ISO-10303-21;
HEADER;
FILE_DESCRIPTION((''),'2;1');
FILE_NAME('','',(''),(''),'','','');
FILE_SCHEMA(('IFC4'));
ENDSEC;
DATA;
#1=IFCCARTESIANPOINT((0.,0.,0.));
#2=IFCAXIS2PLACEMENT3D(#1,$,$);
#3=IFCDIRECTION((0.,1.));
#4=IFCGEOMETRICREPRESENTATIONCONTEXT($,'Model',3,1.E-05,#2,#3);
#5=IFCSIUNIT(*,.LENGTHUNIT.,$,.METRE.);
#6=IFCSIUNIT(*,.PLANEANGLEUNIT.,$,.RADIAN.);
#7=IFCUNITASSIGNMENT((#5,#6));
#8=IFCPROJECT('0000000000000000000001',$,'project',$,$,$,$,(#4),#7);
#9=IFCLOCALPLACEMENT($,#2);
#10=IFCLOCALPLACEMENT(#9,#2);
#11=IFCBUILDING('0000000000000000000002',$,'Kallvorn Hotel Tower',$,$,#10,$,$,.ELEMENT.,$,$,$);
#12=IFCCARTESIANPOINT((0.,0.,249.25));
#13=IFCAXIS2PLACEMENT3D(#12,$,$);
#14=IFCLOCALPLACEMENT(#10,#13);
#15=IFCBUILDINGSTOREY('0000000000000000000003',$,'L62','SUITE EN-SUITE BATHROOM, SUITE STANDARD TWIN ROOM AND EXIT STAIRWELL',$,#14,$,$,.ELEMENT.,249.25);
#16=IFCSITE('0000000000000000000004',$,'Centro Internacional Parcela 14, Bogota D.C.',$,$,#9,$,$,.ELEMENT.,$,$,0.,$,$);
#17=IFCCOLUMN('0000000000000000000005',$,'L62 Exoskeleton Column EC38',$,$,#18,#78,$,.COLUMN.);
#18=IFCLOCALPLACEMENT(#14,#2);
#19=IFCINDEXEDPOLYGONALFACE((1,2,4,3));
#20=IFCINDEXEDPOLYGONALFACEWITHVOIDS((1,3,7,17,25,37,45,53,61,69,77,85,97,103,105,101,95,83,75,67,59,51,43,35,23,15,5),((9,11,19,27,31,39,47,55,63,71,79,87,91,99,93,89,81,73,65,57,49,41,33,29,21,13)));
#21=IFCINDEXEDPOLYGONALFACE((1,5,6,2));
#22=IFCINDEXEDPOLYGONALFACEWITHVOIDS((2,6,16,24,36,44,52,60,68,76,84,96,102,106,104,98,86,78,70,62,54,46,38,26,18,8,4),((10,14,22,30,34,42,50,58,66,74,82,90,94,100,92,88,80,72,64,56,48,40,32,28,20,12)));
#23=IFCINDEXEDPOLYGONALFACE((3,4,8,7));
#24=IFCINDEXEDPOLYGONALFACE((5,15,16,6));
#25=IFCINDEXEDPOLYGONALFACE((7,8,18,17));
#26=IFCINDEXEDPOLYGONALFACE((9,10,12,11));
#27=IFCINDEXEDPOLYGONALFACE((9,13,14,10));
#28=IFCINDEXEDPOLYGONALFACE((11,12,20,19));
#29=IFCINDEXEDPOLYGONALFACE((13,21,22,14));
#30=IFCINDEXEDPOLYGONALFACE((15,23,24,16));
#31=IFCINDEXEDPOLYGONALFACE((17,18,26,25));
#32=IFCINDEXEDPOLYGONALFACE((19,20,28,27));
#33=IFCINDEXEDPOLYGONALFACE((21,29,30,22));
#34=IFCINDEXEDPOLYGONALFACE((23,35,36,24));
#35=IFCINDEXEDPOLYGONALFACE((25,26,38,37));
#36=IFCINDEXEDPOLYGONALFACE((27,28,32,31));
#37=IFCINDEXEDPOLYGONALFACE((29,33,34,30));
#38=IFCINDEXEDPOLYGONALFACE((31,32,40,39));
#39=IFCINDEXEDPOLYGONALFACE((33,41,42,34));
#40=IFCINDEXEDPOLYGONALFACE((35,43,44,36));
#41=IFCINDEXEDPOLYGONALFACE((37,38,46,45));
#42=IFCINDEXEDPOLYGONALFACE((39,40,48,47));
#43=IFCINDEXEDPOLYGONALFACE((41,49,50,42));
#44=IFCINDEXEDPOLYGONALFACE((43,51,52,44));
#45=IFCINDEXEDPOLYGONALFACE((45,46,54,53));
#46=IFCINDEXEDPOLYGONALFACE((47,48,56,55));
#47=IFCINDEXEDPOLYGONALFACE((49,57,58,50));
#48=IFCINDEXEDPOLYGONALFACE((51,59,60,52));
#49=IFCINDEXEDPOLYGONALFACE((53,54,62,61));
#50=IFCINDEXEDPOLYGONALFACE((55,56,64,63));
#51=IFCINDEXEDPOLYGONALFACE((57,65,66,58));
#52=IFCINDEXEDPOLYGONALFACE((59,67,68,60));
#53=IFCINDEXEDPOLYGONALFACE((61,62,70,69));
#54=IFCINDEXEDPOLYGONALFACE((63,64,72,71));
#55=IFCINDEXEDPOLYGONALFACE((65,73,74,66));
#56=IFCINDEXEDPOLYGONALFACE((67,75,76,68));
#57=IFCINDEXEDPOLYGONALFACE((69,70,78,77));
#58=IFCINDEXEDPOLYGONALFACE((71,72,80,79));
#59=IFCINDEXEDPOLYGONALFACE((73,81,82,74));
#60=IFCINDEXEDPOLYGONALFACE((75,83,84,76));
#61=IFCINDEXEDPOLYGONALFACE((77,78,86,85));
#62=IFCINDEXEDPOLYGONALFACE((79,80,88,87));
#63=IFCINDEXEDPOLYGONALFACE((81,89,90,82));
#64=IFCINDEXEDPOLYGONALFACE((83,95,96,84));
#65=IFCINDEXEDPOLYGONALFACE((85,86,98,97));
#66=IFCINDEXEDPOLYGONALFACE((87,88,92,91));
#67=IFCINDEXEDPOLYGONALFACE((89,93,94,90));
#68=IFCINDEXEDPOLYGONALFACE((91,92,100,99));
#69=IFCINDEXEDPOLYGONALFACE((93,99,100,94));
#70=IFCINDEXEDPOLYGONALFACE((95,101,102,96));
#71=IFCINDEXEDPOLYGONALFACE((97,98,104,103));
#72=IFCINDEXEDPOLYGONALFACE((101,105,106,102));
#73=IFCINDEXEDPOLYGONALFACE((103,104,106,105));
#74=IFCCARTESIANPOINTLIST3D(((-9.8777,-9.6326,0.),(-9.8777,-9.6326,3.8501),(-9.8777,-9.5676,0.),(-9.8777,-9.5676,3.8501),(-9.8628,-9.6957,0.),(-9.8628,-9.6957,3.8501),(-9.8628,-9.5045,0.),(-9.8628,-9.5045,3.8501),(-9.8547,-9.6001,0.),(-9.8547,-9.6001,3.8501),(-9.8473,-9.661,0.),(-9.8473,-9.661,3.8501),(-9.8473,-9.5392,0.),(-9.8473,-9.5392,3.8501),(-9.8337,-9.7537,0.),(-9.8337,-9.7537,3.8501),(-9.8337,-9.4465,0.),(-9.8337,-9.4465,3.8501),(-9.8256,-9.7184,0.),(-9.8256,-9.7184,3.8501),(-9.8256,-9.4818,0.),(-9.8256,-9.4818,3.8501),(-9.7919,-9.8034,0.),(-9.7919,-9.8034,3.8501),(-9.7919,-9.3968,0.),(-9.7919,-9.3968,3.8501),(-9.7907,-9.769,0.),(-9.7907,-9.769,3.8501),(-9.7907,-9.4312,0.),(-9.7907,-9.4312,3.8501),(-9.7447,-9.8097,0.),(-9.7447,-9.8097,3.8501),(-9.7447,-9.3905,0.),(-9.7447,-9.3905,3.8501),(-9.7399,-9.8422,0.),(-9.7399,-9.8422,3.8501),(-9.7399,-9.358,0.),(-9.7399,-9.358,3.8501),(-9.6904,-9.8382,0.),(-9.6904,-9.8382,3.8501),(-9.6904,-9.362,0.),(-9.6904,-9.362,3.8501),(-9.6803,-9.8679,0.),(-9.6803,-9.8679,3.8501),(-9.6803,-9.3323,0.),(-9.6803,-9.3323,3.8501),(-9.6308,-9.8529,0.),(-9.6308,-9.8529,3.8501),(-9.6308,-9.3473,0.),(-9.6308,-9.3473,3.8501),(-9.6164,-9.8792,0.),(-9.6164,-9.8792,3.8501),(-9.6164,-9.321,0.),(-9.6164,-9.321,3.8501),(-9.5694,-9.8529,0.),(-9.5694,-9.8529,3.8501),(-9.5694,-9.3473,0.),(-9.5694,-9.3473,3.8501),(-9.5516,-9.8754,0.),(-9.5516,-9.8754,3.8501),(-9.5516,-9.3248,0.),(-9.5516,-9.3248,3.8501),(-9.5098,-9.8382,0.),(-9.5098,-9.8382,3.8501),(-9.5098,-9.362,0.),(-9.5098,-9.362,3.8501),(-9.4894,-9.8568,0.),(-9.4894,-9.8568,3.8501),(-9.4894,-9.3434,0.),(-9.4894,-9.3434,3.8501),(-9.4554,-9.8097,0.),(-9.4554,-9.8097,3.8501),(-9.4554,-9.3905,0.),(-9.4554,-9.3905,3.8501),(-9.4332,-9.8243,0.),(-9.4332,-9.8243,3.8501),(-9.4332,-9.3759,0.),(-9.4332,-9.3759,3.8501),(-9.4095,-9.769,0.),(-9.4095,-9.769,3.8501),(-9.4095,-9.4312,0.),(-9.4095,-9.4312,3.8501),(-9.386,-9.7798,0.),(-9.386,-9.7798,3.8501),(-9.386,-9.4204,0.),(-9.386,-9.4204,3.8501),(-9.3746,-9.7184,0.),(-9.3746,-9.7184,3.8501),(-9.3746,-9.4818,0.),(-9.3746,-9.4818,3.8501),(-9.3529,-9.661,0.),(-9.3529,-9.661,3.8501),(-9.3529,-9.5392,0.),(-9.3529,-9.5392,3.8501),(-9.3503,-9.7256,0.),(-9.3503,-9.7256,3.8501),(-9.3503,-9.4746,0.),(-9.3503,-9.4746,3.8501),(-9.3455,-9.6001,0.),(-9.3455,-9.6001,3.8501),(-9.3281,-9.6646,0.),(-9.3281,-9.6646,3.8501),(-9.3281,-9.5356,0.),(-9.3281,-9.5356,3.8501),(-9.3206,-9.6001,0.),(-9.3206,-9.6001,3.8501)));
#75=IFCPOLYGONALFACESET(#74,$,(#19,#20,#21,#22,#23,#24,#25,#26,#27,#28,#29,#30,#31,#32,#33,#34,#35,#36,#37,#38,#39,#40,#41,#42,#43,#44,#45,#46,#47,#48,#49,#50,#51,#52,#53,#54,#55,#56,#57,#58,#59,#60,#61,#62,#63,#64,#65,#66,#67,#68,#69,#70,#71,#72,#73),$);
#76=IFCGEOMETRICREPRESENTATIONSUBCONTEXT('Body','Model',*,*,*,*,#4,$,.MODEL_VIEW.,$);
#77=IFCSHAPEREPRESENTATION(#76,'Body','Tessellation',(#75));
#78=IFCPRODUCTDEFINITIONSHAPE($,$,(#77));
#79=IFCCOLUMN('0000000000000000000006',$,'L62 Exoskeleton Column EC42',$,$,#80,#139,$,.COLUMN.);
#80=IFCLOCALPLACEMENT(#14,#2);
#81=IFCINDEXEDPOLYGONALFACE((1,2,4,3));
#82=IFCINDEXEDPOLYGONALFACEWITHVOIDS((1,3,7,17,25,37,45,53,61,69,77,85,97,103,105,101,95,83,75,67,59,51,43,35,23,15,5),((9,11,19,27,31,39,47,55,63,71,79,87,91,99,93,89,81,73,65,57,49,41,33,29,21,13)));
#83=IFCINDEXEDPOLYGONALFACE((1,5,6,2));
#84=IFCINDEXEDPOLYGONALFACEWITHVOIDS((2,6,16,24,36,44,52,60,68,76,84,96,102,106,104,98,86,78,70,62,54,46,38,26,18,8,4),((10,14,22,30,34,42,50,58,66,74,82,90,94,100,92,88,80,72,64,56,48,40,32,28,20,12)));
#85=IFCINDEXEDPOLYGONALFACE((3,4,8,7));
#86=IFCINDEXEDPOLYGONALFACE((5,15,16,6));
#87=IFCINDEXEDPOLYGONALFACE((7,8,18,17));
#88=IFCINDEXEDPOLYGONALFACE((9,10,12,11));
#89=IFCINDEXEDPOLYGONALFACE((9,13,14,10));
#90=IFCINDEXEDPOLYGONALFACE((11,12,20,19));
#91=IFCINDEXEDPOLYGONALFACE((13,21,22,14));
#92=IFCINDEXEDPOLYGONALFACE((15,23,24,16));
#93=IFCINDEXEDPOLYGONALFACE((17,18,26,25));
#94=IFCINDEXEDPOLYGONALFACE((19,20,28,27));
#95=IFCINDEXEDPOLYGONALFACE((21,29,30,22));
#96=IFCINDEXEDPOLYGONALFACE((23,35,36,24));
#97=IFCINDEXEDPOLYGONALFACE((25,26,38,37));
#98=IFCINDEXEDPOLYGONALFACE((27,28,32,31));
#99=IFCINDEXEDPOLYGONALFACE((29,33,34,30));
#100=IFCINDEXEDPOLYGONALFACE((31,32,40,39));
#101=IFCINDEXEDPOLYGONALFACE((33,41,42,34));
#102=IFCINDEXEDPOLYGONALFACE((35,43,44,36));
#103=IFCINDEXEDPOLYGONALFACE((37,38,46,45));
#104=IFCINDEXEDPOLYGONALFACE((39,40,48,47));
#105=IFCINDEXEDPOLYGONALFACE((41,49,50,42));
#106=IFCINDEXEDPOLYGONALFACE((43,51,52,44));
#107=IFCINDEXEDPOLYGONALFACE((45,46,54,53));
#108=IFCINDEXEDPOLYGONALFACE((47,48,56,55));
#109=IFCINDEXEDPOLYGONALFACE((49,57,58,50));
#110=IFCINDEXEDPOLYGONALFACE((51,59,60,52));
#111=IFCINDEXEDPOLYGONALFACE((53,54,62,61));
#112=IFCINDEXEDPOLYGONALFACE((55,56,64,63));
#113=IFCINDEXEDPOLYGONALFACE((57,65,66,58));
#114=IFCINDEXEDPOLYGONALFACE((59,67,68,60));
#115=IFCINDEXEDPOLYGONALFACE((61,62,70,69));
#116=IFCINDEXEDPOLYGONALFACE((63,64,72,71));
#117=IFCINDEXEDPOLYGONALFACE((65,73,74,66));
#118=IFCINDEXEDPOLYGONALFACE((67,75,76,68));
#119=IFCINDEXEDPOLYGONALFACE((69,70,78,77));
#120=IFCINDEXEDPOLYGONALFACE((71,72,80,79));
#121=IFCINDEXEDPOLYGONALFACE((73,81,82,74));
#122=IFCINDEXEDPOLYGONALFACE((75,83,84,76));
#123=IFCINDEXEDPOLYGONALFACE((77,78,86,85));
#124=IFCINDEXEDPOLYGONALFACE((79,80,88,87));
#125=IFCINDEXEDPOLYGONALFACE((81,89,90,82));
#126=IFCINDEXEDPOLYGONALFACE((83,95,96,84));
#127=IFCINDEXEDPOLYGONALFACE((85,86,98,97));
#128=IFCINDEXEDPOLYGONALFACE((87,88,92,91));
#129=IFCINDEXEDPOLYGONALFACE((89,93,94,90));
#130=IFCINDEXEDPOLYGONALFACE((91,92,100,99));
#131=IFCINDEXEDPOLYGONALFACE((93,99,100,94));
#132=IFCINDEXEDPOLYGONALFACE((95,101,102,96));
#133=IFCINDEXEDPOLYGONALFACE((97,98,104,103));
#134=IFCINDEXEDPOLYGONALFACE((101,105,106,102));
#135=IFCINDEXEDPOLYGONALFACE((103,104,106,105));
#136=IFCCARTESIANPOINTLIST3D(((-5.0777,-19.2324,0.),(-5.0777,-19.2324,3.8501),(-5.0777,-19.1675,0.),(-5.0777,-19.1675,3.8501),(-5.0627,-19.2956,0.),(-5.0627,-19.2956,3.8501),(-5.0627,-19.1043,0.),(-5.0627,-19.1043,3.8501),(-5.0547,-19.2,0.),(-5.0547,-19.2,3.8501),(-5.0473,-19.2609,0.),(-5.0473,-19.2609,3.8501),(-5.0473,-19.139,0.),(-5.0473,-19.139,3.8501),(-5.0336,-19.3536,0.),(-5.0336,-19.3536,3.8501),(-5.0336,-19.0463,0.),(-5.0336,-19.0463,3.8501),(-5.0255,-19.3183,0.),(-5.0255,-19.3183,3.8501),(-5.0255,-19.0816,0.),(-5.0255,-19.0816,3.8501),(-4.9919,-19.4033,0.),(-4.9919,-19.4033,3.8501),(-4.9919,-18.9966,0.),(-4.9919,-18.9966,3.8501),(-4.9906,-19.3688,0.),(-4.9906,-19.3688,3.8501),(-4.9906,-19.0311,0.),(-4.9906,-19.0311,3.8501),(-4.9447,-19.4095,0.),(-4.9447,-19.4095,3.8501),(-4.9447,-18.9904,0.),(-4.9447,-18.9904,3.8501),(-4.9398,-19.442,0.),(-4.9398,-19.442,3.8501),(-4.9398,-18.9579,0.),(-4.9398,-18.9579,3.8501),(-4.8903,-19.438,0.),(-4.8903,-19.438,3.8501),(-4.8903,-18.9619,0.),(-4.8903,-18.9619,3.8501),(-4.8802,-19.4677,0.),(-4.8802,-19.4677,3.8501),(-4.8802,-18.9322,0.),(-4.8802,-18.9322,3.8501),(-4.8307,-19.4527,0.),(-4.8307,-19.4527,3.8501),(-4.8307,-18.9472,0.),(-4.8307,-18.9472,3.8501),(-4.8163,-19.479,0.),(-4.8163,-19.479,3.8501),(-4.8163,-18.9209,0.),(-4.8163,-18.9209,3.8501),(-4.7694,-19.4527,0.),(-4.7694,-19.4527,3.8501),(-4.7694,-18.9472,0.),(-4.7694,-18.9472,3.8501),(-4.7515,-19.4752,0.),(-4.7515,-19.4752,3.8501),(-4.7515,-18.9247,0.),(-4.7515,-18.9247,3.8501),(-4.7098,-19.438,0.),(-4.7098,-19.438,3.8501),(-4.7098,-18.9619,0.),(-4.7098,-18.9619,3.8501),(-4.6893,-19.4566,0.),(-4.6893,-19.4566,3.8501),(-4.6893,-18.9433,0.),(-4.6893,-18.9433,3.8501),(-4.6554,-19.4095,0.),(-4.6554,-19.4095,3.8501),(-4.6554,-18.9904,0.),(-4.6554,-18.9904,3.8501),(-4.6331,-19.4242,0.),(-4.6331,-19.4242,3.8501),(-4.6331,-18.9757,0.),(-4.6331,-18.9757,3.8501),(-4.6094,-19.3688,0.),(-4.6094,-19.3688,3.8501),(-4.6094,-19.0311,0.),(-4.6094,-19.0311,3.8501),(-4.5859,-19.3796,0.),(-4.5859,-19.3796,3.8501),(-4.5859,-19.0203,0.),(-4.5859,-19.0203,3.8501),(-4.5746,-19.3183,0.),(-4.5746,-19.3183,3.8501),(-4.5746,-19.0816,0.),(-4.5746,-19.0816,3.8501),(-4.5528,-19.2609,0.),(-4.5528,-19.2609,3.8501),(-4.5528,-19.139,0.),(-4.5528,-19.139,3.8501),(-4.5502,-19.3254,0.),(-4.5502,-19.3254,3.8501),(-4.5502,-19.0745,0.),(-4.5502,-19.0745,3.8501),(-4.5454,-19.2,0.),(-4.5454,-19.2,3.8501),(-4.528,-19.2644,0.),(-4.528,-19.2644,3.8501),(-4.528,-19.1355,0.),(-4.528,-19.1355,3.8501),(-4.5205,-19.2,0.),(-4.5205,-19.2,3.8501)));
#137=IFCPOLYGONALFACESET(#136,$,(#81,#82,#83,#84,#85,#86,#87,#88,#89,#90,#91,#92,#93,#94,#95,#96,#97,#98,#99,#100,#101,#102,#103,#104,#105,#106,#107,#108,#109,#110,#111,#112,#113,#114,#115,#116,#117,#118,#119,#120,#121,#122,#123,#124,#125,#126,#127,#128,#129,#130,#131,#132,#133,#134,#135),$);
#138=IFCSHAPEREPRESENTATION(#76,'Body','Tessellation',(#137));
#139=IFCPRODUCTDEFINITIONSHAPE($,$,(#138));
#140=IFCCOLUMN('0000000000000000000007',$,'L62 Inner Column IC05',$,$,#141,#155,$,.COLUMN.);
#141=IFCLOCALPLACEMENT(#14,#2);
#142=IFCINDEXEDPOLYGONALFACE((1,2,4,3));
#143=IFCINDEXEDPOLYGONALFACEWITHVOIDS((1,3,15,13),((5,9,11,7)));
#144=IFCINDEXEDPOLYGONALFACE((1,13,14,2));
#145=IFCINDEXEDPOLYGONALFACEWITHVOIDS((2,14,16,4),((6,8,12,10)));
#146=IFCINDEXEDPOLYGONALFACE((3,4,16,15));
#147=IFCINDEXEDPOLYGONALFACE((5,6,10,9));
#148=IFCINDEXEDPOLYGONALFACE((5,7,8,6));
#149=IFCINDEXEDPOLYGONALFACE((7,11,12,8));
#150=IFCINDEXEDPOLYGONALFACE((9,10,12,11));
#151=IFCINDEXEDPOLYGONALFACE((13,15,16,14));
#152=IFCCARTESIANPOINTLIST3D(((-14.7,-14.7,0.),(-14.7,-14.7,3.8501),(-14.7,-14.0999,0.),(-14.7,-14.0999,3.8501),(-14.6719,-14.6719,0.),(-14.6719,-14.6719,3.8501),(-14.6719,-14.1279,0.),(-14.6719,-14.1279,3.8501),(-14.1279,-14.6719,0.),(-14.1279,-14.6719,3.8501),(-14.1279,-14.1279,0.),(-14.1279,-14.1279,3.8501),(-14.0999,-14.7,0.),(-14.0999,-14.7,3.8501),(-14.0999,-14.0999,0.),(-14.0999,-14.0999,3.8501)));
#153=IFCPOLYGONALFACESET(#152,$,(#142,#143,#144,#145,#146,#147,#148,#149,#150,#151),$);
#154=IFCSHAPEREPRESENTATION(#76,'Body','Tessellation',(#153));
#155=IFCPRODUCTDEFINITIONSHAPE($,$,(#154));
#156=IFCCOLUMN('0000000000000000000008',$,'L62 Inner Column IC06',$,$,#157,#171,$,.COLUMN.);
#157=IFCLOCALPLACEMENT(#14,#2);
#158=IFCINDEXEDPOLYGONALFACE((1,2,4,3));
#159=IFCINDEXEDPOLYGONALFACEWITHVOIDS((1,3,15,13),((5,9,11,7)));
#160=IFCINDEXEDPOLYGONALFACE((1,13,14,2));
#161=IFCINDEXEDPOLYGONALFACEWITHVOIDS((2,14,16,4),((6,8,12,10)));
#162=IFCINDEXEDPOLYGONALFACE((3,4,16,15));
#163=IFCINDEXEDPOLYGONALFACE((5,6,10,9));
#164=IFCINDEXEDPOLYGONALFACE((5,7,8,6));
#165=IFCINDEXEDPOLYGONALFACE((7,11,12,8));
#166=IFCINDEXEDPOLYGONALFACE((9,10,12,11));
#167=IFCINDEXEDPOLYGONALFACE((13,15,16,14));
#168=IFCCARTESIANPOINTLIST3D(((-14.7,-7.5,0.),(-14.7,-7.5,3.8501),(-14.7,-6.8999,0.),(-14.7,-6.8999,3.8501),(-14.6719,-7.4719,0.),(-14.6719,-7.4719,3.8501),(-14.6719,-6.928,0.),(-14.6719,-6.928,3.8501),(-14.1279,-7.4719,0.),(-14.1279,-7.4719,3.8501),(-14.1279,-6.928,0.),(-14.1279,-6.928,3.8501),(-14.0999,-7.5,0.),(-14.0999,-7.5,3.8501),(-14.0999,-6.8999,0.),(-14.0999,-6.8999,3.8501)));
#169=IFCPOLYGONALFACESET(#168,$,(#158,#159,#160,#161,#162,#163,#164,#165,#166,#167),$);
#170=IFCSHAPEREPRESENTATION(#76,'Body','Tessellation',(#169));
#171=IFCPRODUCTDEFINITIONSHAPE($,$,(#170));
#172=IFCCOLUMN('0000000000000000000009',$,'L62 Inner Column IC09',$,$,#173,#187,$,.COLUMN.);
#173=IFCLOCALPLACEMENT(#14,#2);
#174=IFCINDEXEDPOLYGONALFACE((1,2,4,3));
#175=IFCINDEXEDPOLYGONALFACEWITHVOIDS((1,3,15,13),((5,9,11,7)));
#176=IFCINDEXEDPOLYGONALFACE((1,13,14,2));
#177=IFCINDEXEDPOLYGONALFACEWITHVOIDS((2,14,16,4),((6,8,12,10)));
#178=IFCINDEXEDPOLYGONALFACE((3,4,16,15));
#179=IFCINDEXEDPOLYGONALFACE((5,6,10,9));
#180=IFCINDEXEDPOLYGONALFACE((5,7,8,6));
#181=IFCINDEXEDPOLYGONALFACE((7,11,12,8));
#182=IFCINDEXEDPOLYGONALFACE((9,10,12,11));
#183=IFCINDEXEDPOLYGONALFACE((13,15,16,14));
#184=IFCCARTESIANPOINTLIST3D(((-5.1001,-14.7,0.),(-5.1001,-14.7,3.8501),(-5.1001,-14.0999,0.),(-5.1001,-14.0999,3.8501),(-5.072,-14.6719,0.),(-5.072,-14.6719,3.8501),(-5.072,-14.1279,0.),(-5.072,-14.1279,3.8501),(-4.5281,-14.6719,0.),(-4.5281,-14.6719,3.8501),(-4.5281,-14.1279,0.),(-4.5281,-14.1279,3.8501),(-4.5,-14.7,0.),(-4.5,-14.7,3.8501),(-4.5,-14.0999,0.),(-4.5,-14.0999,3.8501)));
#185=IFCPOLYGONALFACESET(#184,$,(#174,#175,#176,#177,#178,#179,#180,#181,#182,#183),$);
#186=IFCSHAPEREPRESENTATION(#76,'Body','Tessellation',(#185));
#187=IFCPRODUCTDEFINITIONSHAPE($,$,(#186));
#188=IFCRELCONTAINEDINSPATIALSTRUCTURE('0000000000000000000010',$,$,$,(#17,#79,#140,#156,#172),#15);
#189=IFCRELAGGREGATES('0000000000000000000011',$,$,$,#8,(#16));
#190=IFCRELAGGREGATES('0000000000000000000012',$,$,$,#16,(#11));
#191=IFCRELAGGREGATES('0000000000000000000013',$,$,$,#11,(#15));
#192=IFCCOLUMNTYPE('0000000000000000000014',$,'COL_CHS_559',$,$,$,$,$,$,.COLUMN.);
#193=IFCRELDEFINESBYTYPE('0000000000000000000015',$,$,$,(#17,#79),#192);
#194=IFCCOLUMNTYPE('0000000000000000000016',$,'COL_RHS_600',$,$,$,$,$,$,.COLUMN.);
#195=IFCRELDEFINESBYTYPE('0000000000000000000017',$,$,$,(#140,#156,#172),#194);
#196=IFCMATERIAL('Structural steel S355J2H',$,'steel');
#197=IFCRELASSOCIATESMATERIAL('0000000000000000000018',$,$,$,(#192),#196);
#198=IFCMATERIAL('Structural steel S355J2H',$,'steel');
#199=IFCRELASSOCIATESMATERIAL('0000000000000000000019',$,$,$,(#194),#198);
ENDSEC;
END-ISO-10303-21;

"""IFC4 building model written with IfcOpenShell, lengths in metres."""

from ifc_helpers import new_model, si_unit, direction, frame, origin, origin_2d, place, context, subcontext, project, spatial, hollow_rectangle, hollow_circle, extrude, material, material_profile, profile_set, type_object, element, save


model = new_model("IFC4")

# Units and contexts
model_context = context("Model", 3, precision=1e-05, world=origin(), true_north=direction((0.0, 1.0)))
body_context = subcontext(model_context, "Body", "Model", "MODEL_VIEW")
ifc_project = project(units=[si_unit("LENGTHUNIT", "METRE"), si_unit("PLANEANGLEUNIT", "RADIAN")], contexts=[model_context])

# Site, building, storey
site_placement = place(None, origin())
site = spatial("IfcSite", under=ifc_project, at=site_placement, Name="Centro Internacional Parcela 14, Bogota D.C.", CompositionType="ELEMENT", RefElevation=0.0)
building_placement = place(site_placement, origin())
building = spatial("IfcBuilding", under=site, at=building_placement, Name="Kallvorn Hotel Tower", CompositionType="ELEMENT")
storey_placement = place(building_placement, frame((0.0, 0.0, 249.25)))
storey = spatial("IfcBuildingStorey", under=building, at=storey_placement, Name="L62", Description="SUITE EN-SUITE BATHROOM, SUITE STANDARD TWIN ROOM AND EXIT STAIRWELL", CompositionType="ELEMENT", Elevation=249.25)

# Columns
ifc_material_1 = material(Name="Structural steel S355J2H", Category="steel")
ifc_material_profile_1 = material_profile(ifc_material_1, hollow_circle(Radius=0.2795, WallThickness=0.0249, at=origin_2d()), Name="CHS 559x25")
ifc_profile_set_1 = profile_set([ifc_material_profile_1], Name="Structural steel S355J2H")
column_type_1 = type_object("IfcColumnType", Name="COL_CHS_559", PredefinedType="COLUMN", material=ifc_profile_set_1)
for number, where, z_axis, x_axis, name in (
    (1, (-9.6001, -9.6001, 0.0), (0.0, 0.0, 1.0), (1.0, 0.0, 0.0), "L62 Exoskeleton Column EC38"),
    (2, (-4.8, -19.2, 0.0), (0.0, 0.0, 1.0), (1.0, 0.0, 0.0), "L62 Exoskeleton Column EC42"),
):
    element("IfcColumn", number, at=place(storey_placement, frame(where, z_axis=z_axis, x_axis=x_axis)), inside=storey, type_object=column_type_1, Name=name, PredefinedType="COLUMN", context=body_context, shape_type="SweptSolid", body=[
        extrude(hollow_circle(Radius=0.2795, WallThickness=0.0249, at=origin_2d()), origin(), (0.0, 0.0, 1.0), 3.8501),
    ])
ifc_material_2 = material(Name="Structural steel S355J2H", Category="steel")
ifc_material_profile_2 = material_profile(ifc_material_2, hollow_rectangle(XDim=0.6001, YDim=0.6001, WallThickness=0.0281, at=origin_2d()), Name="RHS 600x600x28")
ifc_profile_set_2 = profile_set([ifc_material_profile_2], Name="Structural steel S355J2H")
column_type_2 = type_object("IfcColumnType", Name="COL_RHS_600", PredefinedType="COLUMN", material=ifc_profile_set_2)
for number, where, z_axis, x_axis, name in (
    (3, (-14.3999, -14.3999, 0.0), (0.0, 0.0, 1.0), (1.0, 0.0, 0.0), "L62 Inner Column IC05"),
    (4, (-14.3999, -7.2, 0.0), (0.0, 0.0, 1.0), (1.0, 0.0, 0.0), "L62 Inner Column IC06"),
    (5, (-4.8, -14.3999, 0.0), (0.0, 0.0, 1.0), (1.0, 0.0, 0.0), "L62 Inner Column IC09"),
):
    element("IfcColumn", number, at=place(storey_placement, frame(where, z_axis=z_axis, x_axis=x_axis)), inside=storey, type_object=column_type_2, Name=name, PredefinedType="COLUMN", context=body_context, shape_type="SweptSolid", body=[
        extrude(hollow_rectangle(XDim=0.6001, YDim=0.6001, WallThickness=0.0281, at=origin_2d()), origin(), (0.0, 0.0, 1.0), 3.8501),
    ])

save(model, "model.ifc")
